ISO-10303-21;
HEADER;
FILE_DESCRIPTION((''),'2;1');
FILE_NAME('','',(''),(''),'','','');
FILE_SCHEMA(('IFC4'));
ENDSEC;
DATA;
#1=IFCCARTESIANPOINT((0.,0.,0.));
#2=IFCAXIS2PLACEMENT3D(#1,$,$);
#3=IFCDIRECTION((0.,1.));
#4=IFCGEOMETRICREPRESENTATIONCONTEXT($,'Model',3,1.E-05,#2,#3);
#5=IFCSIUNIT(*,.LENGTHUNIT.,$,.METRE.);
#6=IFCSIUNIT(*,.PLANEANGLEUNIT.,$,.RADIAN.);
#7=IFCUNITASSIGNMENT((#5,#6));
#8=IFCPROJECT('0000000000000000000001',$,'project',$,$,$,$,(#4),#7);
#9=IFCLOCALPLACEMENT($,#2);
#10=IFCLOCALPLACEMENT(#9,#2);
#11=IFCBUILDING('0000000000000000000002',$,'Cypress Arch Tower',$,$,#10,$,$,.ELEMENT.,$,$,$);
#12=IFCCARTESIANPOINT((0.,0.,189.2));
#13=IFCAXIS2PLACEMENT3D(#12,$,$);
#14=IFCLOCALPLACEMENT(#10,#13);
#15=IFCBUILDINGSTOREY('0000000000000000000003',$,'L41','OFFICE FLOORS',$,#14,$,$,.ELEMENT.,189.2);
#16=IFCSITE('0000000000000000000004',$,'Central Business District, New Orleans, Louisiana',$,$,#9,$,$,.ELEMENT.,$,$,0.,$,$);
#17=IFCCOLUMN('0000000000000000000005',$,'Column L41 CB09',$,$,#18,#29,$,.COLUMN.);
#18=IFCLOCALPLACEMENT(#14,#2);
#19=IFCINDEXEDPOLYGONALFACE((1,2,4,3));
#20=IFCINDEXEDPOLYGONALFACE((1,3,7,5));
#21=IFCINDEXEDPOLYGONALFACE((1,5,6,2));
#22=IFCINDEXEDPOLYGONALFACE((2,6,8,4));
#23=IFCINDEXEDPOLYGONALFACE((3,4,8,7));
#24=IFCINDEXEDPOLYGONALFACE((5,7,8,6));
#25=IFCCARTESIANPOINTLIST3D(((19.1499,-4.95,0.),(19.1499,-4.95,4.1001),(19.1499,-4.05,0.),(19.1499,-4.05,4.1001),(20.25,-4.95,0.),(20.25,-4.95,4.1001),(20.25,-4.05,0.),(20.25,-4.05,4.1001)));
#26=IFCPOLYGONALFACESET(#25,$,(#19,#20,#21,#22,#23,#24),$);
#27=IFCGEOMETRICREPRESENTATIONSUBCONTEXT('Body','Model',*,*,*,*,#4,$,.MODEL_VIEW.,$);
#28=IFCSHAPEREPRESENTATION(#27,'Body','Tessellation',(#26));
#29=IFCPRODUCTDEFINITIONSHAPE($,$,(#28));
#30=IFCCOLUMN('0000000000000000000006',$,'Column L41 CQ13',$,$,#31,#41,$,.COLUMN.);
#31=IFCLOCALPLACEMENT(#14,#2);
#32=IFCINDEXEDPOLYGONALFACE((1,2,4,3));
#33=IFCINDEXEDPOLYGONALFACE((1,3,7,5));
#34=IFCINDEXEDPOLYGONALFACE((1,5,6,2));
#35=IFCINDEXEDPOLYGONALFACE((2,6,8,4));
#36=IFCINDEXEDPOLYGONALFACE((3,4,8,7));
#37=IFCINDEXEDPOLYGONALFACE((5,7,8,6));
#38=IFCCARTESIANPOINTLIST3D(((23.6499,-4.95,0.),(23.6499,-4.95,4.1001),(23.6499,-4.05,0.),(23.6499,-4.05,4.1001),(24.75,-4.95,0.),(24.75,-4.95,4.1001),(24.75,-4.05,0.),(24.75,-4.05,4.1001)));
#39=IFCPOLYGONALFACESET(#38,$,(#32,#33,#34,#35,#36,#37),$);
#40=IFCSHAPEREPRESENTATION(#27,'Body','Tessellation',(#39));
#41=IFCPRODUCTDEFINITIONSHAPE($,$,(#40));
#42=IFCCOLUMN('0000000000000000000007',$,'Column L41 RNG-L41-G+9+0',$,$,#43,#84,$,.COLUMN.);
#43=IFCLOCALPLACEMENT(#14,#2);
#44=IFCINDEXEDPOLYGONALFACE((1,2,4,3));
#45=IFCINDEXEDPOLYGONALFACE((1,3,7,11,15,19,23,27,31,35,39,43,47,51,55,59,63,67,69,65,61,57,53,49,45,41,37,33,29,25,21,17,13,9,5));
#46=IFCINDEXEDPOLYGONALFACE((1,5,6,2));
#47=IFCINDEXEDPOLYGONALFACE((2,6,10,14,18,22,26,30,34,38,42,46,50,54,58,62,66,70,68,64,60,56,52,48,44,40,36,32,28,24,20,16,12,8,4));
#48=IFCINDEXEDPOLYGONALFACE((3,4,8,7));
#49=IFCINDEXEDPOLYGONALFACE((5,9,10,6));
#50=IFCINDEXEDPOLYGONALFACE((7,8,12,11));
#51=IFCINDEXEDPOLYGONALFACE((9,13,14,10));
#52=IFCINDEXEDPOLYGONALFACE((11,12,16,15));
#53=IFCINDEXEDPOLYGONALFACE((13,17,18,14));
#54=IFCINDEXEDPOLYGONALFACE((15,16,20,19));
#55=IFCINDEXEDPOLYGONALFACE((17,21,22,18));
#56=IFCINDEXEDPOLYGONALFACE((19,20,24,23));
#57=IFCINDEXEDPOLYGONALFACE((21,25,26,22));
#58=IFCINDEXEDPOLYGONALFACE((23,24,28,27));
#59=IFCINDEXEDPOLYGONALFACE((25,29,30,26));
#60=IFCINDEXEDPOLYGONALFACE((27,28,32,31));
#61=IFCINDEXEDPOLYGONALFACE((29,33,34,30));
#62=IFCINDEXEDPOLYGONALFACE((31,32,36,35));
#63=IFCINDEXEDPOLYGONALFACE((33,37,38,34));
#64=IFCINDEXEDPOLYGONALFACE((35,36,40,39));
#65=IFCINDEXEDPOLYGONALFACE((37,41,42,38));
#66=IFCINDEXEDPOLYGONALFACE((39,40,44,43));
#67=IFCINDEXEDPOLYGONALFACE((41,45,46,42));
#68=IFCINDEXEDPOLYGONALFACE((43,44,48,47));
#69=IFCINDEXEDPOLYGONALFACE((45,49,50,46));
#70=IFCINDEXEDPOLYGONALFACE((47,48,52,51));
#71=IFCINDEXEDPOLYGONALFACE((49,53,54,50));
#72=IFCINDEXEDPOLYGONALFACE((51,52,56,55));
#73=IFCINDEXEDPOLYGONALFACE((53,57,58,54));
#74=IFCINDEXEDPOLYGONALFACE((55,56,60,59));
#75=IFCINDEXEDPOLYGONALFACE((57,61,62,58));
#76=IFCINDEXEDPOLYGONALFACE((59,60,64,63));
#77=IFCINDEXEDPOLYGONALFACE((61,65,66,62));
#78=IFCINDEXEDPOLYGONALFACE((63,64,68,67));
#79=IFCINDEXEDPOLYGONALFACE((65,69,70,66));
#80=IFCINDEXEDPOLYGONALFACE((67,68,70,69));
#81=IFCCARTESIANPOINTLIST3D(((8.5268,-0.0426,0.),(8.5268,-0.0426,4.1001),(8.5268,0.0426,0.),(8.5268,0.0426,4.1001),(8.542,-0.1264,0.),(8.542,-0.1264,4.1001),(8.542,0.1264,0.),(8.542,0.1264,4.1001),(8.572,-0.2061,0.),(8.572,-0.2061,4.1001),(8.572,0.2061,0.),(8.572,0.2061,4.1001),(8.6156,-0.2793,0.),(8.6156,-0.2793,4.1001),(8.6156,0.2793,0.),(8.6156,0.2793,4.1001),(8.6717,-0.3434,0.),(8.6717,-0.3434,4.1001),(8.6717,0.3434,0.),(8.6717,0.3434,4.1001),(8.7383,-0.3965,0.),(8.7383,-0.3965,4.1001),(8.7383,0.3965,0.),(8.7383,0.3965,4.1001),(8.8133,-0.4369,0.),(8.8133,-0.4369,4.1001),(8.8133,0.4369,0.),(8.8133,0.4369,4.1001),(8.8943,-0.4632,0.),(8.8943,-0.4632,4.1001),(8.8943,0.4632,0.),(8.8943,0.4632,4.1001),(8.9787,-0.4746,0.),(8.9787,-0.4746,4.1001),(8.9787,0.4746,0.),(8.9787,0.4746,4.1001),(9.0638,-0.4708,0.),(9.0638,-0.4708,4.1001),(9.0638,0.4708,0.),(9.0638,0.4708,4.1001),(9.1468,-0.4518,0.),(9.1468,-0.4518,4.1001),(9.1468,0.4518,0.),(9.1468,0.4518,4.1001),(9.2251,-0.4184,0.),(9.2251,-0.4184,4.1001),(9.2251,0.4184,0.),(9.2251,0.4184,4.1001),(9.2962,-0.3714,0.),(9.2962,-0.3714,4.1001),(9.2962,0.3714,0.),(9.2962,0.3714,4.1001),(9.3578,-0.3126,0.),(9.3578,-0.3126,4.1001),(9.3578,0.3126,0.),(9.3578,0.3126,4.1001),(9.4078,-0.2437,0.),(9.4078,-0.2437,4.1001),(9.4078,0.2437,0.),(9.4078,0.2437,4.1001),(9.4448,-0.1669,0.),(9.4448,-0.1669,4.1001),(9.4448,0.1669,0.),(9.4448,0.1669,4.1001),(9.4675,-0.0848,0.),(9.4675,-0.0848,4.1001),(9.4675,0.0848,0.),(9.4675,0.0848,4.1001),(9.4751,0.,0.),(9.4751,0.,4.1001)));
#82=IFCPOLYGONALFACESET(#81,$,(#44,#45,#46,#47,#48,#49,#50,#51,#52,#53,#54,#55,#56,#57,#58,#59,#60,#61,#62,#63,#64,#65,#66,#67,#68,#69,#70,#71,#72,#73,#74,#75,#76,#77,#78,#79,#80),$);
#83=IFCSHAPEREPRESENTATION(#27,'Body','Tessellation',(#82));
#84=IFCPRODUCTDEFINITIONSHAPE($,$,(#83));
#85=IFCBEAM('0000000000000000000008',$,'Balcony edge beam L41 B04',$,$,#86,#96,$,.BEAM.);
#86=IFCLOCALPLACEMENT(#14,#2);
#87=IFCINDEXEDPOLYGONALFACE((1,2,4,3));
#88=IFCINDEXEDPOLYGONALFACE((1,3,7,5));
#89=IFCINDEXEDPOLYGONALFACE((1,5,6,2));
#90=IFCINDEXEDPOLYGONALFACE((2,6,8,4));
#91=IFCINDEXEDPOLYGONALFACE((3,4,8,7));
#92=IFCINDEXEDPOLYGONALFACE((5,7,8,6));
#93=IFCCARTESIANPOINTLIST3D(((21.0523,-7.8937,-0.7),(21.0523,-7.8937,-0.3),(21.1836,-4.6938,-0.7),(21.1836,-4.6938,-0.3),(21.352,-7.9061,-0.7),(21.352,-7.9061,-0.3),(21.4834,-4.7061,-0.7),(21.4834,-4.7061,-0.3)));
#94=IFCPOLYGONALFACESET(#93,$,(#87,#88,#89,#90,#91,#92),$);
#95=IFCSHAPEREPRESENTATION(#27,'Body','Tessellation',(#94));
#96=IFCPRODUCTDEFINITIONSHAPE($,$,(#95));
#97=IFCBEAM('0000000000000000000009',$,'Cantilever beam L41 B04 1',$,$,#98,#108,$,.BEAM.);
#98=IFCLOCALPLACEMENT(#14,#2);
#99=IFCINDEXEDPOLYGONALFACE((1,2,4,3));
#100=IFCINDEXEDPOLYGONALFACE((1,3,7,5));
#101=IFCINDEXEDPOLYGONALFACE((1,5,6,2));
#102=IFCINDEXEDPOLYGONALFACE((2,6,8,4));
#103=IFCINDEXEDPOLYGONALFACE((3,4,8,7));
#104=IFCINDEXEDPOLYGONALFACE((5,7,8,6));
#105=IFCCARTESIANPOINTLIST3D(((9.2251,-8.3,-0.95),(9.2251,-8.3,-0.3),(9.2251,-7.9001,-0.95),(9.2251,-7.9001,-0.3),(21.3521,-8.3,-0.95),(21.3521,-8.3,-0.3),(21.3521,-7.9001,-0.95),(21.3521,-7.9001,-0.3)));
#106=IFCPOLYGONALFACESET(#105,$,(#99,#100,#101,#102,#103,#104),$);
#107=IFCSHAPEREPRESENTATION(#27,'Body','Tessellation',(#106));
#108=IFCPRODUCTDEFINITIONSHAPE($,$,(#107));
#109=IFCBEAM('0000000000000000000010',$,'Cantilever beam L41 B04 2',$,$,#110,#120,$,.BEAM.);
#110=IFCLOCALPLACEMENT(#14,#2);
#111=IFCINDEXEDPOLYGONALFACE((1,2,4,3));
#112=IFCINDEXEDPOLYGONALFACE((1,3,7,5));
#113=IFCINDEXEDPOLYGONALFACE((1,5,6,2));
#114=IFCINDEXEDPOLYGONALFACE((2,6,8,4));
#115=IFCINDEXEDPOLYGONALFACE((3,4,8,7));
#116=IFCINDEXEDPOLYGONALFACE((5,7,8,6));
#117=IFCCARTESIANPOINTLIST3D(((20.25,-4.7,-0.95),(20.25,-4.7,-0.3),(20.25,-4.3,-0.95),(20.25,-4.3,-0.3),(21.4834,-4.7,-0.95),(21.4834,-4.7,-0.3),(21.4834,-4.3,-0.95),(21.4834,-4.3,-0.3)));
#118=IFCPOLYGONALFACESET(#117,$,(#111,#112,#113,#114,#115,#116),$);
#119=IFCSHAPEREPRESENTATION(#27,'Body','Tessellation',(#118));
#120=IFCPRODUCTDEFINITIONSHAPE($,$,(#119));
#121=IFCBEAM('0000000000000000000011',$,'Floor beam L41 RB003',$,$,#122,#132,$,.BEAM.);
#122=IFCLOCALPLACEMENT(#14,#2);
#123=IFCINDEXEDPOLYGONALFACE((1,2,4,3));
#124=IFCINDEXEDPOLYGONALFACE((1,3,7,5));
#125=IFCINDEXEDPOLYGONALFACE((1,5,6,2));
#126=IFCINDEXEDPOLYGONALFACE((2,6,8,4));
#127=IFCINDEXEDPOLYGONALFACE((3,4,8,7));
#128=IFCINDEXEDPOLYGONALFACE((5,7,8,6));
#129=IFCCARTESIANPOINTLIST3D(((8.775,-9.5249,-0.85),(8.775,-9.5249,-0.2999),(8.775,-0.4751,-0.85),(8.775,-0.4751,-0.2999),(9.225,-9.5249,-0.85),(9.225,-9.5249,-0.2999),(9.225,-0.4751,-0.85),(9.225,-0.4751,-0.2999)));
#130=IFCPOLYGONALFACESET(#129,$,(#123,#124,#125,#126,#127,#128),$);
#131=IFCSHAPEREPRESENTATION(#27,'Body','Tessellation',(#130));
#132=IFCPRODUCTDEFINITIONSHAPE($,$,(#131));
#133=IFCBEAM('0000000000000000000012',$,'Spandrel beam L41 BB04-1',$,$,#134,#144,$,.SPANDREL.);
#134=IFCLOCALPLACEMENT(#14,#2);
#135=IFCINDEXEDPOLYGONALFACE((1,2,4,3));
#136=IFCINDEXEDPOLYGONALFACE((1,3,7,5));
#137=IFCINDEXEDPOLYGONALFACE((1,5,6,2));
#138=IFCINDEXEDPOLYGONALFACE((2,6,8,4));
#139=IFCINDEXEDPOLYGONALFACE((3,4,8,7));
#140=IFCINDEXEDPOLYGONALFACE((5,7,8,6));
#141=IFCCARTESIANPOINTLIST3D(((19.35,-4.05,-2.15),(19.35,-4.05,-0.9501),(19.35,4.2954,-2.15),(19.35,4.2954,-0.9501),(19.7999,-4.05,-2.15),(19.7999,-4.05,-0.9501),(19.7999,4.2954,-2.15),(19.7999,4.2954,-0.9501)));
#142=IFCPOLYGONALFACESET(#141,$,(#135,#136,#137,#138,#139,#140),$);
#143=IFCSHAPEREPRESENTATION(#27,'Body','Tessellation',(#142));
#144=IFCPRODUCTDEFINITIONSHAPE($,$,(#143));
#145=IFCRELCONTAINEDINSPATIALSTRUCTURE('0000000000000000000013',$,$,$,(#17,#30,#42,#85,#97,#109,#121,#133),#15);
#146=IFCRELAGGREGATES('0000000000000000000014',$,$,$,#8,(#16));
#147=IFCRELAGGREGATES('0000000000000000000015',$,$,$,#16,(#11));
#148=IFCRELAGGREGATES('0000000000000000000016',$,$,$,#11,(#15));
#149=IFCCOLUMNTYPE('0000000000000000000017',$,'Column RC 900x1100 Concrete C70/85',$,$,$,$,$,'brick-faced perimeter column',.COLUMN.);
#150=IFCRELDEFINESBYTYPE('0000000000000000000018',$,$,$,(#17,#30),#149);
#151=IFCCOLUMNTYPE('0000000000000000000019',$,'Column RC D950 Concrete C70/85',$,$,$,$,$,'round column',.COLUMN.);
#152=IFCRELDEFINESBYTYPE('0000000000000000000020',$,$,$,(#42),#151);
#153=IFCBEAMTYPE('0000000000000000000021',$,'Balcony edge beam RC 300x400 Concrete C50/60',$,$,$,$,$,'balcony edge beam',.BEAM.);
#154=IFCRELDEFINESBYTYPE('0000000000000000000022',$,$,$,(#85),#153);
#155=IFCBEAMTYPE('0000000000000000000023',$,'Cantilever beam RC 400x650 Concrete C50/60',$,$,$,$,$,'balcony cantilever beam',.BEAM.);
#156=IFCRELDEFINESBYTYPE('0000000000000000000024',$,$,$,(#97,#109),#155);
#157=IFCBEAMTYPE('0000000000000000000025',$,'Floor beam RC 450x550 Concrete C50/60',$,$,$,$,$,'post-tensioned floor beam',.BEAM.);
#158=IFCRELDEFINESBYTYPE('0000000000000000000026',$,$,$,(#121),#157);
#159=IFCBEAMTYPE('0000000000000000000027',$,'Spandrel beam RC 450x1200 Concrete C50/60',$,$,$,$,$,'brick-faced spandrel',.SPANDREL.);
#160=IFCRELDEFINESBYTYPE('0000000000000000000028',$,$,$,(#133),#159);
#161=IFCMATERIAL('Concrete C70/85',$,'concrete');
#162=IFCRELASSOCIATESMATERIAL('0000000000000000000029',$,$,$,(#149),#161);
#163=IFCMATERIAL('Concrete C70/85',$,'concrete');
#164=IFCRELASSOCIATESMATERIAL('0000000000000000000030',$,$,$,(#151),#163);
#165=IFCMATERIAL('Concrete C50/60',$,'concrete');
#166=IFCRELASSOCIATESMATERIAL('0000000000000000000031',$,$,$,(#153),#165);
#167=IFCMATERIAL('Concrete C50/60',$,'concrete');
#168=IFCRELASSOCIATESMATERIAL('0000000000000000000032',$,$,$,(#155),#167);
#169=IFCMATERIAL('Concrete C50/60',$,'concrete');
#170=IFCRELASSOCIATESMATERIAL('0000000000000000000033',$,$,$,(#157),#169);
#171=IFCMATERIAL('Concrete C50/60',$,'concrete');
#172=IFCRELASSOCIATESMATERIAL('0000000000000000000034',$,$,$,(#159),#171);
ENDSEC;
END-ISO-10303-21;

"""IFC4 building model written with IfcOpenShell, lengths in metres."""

from ifc_helpers import new_model, si_unit, direction, frame, origin, origin_2d, place, context, subcontext, project, spatial, rectangle, circle, extrude, material, material_profile, profile_set, type_object, element, save


model = new_model("IFC4")

# Units and contexts
model_context = context("Model", 3, precision=1e-05, world=origin(), true_north=direction((0.0, 1.0)))
body_context = subcontext(model_context, "Body", "Model", "MODEL_VIEW")
ifc_project = project(units=[si_unit("LENGTHUNIT", "METRE"), si_unit("PLANEANGLEUNIT", "RADIAN")], contexts=[model_context])

# Site, building, storey
site_placement = place(None, origin())
site = spatial("IfcSite", under=ifc_project, at=site_placement, Name="Central Business District, New Orleans, Louisiana", CompositionType="ELEMENT", RefElevation=0.0)
building_placement = place(site_placement, origin())
building = spatial("IfcBuilding", under=site, at=building_placement, Name="Cypress Arch Tower", CompositionType="ELEMENT")
storey_placement = place(building_placement, frame((0.0, 0.0, 189.2)))
storey = spatial("IfcBuildingStorey", under=building, at=storey_placement, Name="L41", Description="OFFICE FLOORS", CompositionType="ELEMENT", Elevation=189.2)

# Columns
ifc_material_1 = material(Name="Concrete C70/85", Category="concrete")
ifc_material_profile_1 = material_profile(ifc_material_1, rectangle(XDim=0.8999, YDim=1.1001, at=origin_2d()), Name="RC 900x1100")
ifc_profile_set_1 = profile_set([ifc_material_profile_1], Name="Concrete C70/85")
column_type_1 = type_object("IfcColumnType", Name="Column RC 900x1100 Concrete C70/85", ElementType="brick-faced perimeter column", PredefinedType="COLUMN", material=ifc_profile_set_1)
for number, where, z_axis, x_axis, name in (
    (1, (19.7, -4.5, 0.0), (0.0, 0.0, 1.0), (0.0, 1.0, 0.0), "Column L41 CB09"),
    (2, (24.2, -4.5, 0.0), (0.0, 0.0, 1.0), (0.0, 1.0, 0.0), "Column L41 CQ13"),
):
    element("IfcColumn", number, at=place(storey_placement, frame(where, z_axis=z_axis, x_axis=x_axis)), inside=storey, type_object=column_type_1, Name=name, PredefinedType="COLUMN", context=body_context, shape_type="SweptSolid", body=[
        extrude(rectangle(XDim=0.8999, YDim=1.1001, at=origin_2d()), origin(), (0.0, 0.0, 1.0), 4.1001),
    ])
ifc_material_2 = material(Name="Concrete C70/85", Category="concrete")
ifc_material_profile_2 = material_profile(ifc_material_2, circle(Radius=0.4751, at=origin_2d()), Name="RC D950")
ifc_profile_set_2 = profile_set([ifc_material_profile_2], Name="Concrete C70/85")
column_type_2 = type_object("IfcColumnType", Name="Column RC D950 Concrete C70/85", ElementType="round column", PredefinedType="COLUMN", material=ifc_profile_set_2)
column_placement = place(storey_placement, frame((9.0, 0.0, 0.0), z_axis=(0.0, 0.0, 1.0), x_axis=(1.0, 0.0, 0.0)))
element("IfcColumn", 3, at=column_placement, inside=storey, type_object=column_type_2, Name="Column L41 RNG-L41-G+9+0", PredefinedType="COLUMN", context=body_context, shape_type="SweptSolid", body=[
    extrude(circle(Radius=0.4751, at=origin_2d()), origin(), (0.0, 0.0, 1.0), 4.1001),
])

# Beams
ifc_material_3 = material(Name="Concrete C50/60", Category="concrete")
ifc_material_profile_3 = material_profile(ifc_material_3, rectangle(XDim=0.3, YDim=0.3999, at=origin_2d()), Name="RC 300x400")
ifc_profile_set_3 = profile_set([ifc_material_profile_3], Name="Concrete C50/60")
beam_type_1 = type_object("IfcBeamType", Name="Balcony edge beam RC 300x400 Concrete C50/60", ElementType="balcony edge beam", PredefinedType="BEAM", material=ifc_profile_set_3)
beam_1_placement = place(storey_placement, frame((21.2021, -7.8999, -0.5), z_axis=(0.041012, 0.999159, 0.0), x_axis=(-0.999159, 0.041012, 0.0)))
element("IfcBeam", 4, at=beam_1_placement, inside=storey, type_object=beam_type_1, Name="Balcony edge beam L41 B04", PredefinedType="BEAM", context=body_context, shape_type="SweptSolid", body=[
    extrude(rectangle(XDim=0.3, YDim=0.3999, at=origin_2d()), origin(), (0.0, 0.0, 1.0), 3.2026),
])
ifc_material_4 = material(Name="Concrete C50/60", Category="concrete")
ifc_material_profile_4 = material_profile(ifc_material_4, rectangle(XDim=0.3999, YDim=0.6499, at=origin_2d()), Name="RC 400x650")
ifc_profile_set_4 = profile_set([ifc_material_profile_4], Name="Concrete C50/60")
beam_type_2 = type_object("IfcBeamType", Name="Cantilever beam RC 400x650 Concrete C50/60", ElementType="balcony cantilever beam", PredefinedType="BEAM", material=ifc_profile_set_4)
beam_2_placement = place(storey_placement, frame((9.2251, -8.1001, -0.625), z_axis=(1.0, 0.0, 0.0), x_axis=(0.0, 1.0, 0.0)))
element("IfcBeam", 5, at=beam_2_placement, inside=storey, type_object=beam_type_2, Name="Cantilever beam L41 B04 1", PredefinedType="BEAM", context=body_context, shape_type="SweptSolid", body=[
    extrude(rectangle(XDim=0.3999, YDim=0.6499, at=origin_2d()), origin(), (0.0, 0.0, 1.0), 12.127),
])
beam_3_placement = place(storey_placement, frame((20.25, -4.5, -0.625), z_axis=(1.0, 0.0, 0.0), x_axis=(0.0, 1.0, 0.0)))
element("IfcBeam", 6, at=beam_3_placement, inside=storey, type_object=beam_type_2, Name="Cantilever beam L41 B04 2", PredefinedType="BEAM", context=body_context, shape_type="SweptSolid", body=[
    extrude(rectangle(XDim=0.3999, YDim=0.6499, at=origin_2d()), origin(), (0.0, 0.0, 1.0), 1.2334),
])
ifc_material_5 = material(Name="Concrete C50/60", Category="concrete")
ifc_material_profile_5 = material_profile(ifc_material_5, rectangle(XDim=0.45, YDim=0.55, at=origin_2d()), Name="RC 450x550")
ifc_profile_set_5 = profile_set([ifc_material_profile_5], Name="Concrete C50/60")
beam_type_3 = type_object("IfcBeamType", Name="Floor beam RC 450x550 Concrete C50/60", ElementType="post-tensioned floor beam", PredefinedType="BEAM", material=ifc_profile_set_5)
beam_4_placement = place(storey_placement, frame((9.0, -9.5249, -0.575), z_axis=(0.0, 1.0, 0.0), x_axis=(-1.0, 0.0, 0.0)))
element("IfcBeam", 7, at=beam_4_placement, inside=storey, type_object=beam_type_3, Name="Floor beam L41 RB003", PredefinedType="BEAM", context=body_context, shape_type="SweptSolid", body=[
    extrude(rectangle(XDim=0.45, YDim=0.55, at=origin_2d()), origin(), (0.0, 0.0, 1.0), 9.0498),
])
ifc_material_6 = material(Name="Concrete C50/60", Category="concrete")
ifc_material_profile_6 = material_profile(ifc_material_6, rectangle(XDim=0.45, YDim=1.2, at=origin_2d()), Name="RC 450x1200")
ifc_profile_set_6 = profile_set([ifc_material_profile_6], Name="Concrete C50/60")
beam_type_4 = type_object("IfcBeamType", Name="Spandrel beam RC 450x1200 Concrete C50/60", ElementType="brick-faced spandrel", PredefinedType="SPANDREL", material=ifc_profile_set_6)
beam_5_placement = place(storey_placement, frame((19.575, -4.05, -1.55), z_axis=(0.0, 1.0, 0.0), x_axis=(-1.0, 0.0, 0.0)))
element("IfcBeam", 8, at=beam_5_placement, inside=storey, type_object=beam_type_4, Name="Spandrel beam L41 BB04-1", PredefinedType="SPANDREL", context=body_context, shape_type="SweptSolid", body=[
    extrude(rectangle(XDim=0.45, YDim=1.2, at=origin_2d()), origin(), (0.0, 0.0, 1.0), 8.3455),
])

save(model, "model.ifc")
